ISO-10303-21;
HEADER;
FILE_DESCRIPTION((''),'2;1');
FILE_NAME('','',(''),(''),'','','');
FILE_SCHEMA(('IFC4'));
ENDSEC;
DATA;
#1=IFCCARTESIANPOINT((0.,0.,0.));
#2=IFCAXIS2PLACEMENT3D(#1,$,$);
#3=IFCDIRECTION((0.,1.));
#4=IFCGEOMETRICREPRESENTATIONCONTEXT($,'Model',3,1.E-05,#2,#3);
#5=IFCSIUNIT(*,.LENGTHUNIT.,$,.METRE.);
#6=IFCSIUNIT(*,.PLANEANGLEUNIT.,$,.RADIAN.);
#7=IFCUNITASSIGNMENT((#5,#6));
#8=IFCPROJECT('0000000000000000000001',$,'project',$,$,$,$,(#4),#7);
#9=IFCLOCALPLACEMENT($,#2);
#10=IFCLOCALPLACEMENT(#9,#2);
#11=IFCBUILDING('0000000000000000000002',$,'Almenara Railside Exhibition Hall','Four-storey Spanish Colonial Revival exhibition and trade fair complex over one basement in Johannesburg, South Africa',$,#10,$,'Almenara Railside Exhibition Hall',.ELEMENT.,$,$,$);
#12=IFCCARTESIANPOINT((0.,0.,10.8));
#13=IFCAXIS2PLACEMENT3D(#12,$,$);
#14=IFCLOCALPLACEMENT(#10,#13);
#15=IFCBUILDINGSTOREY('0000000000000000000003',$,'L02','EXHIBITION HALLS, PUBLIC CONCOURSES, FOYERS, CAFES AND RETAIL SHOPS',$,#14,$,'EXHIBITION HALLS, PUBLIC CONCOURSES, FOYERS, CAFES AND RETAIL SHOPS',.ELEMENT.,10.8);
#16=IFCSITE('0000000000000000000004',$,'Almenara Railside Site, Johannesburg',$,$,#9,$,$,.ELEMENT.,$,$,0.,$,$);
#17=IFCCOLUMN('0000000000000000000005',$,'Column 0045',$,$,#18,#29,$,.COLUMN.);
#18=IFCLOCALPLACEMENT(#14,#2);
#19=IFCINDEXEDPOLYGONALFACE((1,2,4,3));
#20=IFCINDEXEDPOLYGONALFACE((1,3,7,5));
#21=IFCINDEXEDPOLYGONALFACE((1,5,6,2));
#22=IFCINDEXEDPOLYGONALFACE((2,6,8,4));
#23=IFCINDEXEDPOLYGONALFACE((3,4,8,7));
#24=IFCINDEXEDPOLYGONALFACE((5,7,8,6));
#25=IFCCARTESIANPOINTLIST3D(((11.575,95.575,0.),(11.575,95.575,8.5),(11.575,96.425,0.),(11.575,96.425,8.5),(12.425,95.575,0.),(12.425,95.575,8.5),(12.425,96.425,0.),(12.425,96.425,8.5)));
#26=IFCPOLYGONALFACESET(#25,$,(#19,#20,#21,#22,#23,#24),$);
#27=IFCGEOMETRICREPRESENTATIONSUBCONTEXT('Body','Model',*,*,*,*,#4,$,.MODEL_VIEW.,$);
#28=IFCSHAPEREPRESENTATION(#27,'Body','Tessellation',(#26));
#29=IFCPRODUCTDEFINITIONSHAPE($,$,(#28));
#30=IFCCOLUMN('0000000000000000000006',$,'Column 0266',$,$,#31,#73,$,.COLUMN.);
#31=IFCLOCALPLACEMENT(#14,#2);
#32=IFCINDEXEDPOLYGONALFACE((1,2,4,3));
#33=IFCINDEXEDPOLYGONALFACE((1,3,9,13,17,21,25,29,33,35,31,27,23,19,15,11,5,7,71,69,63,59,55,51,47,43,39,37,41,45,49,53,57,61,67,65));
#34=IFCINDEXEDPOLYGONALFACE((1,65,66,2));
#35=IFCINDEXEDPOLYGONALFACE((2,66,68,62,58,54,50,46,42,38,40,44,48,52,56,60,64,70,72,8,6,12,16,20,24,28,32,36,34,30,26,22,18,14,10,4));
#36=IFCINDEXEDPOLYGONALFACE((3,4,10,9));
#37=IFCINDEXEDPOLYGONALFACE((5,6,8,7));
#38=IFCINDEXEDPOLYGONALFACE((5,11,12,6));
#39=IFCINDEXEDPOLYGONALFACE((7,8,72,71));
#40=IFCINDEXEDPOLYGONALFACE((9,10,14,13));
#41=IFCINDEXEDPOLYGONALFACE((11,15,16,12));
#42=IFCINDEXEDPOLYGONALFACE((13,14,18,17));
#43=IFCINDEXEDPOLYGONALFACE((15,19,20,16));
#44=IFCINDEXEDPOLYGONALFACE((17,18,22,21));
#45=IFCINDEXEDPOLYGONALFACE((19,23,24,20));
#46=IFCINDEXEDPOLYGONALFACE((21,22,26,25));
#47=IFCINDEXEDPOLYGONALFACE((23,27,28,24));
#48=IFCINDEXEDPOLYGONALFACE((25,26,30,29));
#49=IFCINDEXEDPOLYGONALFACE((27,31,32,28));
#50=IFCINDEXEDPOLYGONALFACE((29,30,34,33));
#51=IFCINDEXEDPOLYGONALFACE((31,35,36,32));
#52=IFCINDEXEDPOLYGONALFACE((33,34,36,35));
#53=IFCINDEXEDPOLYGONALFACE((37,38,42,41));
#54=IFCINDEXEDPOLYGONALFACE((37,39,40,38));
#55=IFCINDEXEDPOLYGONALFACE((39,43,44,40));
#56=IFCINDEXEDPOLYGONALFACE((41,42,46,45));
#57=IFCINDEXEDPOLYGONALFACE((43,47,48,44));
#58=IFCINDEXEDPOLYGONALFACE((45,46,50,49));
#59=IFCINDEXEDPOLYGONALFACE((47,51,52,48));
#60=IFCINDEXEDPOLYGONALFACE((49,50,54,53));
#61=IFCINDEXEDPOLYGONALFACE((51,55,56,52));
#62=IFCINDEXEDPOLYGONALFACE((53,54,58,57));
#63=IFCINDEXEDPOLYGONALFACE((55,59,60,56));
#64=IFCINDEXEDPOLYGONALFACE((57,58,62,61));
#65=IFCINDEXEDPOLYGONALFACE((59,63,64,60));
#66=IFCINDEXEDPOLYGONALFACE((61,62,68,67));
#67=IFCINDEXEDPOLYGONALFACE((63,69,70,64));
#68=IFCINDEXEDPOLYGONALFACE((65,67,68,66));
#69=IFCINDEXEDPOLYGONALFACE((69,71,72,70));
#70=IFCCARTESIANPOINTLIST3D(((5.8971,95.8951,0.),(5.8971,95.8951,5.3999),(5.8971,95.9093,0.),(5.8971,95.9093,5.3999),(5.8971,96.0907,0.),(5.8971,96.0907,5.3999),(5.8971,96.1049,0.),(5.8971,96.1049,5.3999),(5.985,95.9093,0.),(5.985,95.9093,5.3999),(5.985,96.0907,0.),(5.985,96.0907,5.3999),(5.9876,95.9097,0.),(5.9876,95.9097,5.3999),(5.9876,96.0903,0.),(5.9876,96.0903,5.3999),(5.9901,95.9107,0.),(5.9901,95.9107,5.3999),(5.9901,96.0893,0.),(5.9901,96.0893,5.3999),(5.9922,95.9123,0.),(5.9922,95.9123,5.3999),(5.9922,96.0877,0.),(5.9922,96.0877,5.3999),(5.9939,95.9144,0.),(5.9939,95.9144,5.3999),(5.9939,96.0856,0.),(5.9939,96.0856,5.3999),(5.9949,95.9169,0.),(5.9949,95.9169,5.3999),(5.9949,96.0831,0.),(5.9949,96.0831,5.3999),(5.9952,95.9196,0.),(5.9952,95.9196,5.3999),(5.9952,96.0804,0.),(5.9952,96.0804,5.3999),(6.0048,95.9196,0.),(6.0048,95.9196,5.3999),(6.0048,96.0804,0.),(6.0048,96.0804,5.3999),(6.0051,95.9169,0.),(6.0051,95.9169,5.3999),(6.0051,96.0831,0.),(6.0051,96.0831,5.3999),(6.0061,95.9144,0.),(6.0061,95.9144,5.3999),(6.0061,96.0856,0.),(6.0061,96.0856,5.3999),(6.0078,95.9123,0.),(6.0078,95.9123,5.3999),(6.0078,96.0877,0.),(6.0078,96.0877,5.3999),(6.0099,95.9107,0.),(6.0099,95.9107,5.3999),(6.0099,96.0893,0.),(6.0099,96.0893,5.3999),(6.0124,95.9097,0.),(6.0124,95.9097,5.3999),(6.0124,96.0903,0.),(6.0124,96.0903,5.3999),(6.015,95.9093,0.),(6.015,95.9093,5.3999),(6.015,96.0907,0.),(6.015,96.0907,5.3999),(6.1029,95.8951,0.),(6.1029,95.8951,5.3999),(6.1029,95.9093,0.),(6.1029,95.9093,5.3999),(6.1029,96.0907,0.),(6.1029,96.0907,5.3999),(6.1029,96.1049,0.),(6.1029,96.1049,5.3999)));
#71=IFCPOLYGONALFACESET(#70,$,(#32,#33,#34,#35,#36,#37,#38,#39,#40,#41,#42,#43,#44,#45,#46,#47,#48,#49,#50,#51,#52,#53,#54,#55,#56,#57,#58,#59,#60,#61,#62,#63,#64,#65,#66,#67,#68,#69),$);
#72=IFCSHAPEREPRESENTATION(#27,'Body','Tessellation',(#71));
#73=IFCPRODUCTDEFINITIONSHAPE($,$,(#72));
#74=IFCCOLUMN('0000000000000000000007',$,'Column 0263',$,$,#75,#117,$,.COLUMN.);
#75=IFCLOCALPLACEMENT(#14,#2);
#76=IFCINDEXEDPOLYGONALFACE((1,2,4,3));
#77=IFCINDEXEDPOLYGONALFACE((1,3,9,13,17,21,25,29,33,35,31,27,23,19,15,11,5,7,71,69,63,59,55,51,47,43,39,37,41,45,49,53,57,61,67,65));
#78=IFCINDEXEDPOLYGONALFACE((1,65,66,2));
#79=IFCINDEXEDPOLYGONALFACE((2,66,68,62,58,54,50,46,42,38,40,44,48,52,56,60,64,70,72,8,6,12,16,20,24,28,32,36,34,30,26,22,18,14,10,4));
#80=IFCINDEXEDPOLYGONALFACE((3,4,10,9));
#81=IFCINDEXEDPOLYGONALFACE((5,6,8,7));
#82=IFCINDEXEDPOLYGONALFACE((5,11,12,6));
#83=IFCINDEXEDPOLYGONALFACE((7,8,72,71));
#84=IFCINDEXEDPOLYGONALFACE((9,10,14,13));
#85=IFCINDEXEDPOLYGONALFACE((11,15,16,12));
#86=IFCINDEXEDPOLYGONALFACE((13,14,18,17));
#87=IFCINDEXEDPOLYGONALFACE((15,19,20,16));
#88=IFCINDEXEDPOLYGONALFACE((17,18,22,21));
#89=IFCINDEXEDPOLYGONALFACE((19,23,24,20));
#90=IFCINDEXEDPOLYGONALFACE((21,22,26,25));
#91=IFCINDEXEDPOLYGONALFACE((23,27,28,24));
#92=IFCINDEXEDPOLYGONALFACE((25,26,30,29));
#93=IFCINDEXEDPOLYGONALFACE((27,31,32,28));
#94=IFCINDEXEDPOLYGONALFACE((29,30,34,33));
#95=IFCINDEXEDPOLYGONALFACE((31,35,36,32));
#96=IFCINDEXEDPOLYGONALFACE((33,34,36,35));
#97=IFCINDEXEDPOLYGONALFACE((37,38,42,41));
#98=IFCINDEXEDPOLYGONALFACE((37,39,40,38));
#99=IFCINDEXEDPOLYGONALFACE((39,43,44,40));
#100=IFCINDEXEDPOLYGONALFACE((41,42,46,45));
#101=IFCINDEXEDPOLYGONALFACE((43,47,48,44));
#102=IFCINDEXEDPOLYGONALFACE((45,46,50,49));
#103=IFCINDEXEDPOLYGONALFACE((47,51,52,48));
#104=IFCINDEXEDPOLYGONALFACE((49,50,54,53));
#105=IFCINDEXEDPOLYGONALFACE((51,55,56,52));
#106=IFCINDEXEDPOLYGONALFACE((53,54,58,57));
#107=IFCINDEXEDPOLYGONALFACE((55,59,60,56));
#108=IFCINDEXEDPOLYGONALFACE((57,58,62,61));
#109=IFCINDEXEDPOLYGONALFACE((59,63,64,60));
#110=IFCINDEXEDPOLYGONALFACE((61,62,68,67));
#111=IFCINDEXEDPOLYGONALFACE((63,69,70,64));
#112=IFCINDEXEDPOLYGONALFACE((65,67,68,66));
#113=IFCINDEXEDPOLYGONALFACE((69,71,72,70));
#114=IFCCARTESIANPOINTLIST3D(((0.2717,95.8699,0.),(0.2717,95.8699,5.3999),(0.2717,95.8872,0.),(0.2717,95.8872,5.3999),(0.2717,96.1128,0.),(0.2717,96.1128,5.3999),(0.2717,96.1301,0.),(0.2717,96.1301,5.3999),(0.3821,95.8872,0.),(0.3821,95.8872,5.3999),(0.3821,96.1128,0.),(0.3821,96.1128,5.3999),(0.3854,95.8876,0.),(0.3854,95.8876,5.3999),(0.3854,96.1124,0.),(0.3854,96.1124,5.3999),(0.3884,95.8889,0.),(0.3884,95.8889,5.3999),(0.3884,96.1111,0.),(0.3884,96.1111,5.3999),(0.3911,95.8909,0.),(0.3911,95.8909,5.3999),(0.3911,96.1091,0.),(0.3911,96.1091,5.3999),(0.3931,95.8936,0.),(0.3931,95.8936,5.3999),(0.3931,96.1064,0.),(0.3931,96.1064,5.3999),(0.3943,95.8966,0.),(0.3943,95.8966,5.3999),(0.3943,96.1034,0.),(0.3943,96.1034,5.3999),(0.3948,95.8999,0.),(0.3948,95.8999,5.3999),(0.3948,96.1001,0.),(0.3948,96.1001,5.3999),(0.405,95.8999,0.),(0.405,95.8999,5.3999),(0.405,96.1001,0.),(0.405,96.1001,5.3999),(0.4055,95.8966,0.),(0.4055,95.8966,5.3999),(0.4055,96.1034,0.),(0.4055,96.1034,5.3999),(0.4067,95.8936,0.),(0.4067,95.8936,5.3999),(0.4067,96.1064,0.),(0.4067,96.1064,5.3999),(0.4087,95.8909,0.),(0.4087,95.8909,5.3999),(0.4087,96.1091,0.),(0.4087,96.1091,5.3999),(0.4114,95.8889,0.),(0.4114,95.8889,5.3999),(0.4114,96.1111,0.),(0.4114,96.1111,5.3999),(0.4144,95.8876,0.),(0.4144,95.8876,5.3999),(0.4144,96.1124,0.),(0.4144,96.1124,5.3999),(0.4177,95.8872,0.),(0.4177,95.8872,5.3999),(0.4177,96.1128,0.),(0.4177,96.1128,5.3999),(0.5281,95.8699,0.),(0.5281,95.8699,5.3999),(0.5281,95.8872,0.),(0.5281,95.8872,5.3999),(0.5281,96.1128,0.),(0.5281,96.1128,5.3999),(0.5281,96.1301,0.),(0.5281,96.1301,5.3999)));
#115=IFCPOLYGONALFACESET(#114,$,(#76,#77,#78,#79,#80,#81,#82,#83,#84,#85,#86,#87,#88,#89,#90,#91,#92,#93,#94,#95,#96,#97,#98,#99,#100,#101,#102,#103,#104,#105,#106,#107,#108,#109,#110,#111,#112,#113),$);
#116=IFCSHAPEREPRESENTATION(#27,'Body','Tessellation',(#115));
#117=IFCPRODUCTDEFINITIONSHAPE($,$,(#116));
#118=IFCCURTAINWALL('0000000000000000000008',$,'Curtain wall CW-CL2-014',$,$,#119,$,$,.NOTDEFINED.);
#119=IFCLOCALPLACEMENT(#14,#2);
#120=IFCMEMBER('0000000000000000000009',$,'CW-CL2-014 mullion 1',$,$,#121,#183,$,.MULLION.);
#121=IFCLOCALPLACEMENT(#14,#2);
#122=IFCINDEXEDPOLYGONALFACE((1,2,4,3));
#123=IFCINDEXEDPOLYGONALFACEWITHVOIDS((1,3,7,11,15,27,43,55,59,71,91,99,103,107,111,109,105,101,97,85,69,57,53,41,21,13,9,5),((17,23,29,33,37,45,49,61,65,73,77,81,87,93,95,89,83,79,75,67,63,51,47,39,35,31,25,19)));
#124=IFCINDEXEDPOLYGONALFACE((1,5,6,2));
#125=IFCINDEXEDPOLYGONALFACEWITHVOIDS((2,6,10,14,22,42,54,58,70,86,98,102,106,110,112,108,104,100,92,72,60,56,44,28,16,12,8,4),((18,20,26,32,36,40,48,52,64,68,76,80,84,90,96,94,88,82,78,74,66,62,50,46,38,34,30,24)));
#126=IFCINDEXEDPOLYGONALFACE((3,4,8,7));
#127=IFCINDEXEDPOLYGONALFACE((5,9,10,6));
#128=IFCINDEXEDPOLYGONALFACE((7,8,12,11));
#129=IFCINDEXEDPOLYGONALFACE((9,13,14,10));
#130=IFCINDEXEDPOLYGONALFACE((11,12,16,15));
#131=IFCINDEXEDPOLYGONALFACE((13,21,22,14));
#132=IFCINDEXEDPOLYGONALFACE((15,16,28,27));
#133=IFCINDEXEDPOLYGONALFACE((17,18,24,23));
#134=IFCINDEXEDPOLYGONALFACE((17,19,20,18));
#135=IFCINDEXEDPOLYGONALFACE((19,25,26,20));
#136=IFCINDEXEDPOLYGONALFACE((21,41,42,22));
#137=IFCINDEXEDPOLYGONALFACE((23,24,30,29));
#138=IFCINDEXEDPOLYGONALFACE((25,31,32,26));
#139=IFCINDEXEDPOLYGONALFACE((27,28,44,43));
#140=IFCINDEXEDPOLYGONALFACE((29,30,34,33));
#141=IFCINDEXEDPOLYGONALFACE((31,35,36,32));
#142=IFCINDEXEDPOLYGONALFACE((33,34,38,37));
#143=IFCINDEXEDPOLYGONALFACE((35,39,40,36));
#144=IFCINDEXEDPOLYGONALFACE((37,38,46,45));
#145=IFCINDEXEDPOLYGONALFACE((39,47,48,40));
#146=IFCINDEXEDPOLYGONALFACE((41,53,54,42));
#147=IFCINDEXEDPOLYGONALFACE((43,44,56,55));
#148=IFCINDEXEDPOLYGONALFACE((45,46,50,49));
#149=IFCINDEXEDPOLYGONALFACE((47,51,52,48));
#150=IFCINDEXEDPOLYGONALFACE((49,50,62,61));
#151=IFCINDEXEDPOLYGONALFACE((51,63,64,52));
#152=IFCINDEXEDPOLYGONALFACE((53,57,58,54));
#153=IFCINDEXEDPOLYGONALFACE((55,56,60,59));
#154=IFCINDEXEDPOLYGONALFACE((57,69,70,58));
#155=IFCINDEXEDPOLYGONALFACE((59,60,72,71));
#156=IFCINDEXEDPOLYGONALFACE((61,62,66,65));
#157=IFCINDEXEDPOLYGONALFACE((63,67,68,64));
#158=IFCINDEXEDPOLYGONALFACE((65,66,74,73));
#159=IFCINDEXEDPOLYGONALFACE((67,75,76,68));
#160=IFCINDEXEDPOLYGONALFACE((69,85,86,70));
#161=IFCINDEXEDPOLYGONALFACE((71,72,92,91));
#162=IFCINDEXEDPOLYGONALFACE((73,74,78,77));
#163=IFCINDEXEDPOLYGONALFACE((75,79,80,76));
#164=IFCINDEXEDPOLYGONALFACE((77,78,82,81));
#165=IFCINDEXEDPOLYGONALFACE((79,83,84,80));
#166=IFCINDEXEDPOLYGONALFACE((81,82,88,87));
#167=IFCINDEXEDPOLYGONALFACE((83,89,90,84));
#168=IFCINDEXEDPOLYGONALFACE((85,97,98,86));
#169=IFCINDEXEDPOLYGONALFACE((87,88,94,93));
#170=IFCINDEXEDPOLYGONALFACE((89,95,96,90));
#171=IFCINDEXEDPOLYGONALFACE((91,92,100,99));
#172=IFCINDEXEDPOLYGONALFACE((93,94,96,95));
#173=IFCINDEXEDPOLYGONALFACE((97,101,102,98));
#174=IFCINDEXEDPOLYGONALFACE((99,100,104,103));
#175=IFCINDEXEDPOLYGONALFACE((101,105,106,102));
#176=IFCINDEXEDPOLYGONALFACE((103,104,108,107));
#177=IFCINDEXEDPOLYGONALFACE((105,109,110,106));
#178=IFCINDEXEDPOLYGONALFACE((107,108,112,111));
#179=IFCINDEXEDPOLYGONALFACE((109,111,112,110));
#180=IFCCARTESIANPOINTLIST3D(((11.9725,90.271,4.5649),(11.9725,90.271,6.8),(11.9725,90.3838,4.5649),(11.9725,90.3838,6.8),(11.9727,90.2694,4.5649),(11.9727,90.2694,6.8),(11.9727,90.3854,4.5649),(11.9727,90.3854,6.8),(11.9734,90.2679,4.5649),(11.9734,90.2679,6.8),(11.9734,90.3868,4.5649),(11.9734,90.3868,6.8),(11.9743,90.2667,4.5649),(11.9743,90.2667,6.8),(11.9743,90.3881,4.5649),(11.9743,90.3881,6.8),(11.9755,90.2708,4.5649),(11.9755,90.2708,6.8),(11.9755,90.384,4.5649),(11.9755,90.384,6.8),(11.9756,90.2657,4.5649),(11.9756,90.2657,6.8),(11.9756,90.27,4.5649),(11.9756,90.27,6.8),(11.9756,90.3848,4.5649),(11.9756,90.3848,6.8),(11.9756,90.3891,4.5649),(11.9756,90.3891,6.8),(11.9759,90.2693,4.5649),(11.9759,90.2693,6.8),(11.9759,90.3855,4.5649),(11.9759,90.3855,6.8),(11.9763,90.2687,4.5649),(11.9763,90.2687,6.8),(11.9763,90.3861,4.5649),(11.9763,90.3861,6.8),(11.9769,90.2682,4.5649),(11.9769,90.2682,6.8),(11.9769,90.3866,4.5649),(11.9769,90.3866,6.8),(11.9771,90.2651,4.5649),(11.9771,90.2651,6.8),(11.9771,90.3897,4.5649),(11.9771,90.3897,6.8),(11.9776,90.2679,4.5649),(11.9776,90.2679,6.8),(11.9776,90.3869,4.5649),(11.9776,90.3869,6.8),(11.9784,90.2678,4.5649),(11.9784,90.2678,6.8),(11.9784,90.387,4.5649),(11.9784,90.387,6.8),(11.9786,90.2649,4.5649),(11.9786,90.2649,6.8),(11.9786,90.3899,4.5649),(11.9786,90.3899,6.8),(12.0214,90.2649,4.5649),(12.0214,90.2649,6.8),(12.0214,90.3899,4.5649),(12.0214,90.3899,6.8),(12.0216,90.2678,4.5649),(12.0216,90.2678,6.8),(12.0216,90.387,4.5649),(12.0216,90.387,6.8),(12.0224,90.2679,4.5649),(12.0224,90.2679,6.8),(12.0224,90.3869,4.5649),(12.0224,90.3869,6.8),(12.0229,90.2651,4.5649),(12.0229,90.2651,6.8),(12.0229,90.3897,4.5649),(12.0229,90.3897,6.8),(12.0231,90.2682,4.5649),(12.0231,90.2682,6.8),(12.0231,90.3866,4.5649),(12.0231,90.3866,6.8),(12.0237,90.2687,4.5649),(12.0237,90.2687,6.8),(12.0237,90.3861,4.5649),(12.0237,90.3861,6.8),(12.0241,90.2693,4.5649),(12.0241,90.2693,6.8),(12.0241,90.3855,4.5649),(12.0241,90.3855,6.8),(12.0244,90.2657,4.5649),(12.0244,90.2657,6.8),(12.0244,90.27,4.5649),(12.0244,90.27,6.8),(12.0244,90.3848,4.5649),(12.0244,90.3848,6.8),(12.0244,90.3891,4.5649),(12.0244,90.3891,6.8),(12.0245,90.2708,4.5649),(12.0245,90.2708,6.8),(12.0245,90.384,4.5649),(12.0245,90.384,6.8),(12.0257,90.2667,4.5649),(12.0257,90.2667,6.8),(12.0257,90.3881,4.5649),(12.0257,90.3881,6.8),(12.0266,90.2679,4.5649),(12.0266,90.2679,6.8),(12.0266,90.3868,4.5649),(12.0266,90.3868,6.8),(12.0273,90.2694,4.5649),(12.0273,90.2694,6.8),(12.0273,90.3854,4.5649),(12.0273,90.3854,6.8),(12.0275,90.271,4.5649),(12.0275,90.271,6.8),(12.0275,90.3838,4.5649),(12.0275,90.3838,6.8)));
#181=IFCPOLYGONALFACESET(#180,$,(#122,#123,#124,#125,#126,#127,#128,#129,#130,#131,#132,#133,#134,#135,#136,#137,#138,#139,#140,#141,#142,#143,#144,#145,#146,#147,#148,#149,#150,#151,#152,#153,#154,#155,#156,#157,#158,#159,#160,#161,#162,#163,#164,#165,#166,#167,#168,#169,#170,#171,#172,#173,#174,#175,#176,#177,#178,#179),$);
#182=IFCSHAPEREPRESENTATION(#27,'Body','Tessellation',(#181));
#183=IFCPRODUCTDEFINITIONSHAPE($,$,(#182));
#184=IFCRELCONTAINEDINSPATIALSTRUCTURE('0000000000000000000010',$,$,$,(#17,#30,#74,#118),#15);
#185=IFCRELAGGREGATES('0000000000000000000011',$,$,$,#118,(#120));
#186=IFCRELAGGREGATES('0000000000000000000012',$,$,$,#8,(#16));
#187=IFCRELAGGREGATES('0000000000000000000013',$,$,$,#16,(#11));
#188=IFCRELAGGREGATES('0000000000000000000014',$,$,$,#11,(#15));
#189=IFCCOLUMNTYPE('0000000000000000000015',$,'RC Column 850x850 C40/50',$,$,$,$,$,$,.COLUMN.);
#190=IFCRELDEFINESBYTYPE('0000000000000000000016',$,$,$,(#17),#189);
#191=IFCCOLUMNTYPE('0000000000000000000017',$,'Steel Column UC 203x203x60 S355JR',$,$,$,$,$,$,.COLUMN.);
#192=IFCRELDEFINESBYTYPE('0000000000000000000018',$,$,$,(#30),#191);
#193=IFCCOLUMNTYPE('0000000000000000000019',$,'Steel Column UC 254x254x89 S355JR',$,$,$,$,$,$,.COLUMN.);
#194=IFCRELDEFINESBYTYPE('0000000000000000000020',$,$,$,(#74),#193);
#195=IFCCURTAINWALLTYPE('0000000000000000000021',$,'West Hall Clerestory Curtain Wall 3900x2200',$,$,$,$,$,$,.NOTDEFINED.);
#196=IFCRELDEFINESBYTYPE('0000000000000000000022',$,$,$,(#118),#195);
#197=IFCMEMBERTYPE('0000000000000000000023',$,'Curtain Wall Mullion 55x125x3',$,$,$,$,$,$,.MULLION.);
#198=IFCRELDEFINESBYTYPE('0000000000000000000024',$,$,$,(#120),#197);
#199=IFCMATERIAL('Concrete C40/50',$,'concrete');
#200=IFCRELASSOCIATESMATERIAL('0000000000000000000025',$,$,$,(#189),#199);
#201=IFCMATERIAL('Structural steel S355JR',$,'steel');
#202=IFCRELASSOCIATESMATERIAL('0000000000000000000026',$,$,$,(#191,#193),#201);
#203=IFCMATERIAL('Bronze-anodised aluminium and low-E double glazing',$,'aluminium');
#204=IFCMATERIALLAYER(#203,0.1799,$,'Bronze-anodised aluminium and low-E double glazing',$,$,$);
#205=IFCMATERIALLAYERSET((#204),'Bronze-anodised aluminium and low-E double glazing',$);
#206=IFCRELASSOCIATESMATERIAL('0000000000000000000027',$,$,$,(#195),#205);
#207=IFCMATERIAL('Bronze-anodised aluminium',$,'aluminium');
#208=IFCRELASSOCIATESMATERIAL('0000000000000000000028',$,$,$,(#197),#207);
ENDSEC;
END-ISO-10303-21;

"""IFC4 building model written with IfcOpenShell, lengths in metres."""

from ifc_helpers import new_model, si_unit, direction, frame, origin, origin_2d, place, context, subcontext, project, spatial, rectangle, hollow_rectangle, i_section, extrude, material, layer, layer_set, material_profile, profile_set, type_object, element, aggregate, save


model = new_model("IFC4")

# Units and contexts
model_context = context("Model", 3, precision=1e-05, world=origin(), true_north=direction((0.0, 1.0)))
body_context = subcontext(model_context, "Body", "Model", "MODEL_VIEW")
ifc_project = project(units=[si_unit("LENGTHUNIT", "METRE"), si_unit("PLANEANGLEUNIT", "RADIAN")], contexts=[model_context])

# Site, building, storey
site_placement = place(None, origin())
site = spatial("IfcSite", under=ifc_project, at=site_placement, Name="Almenara Railside Site, Johannesburg", CompositionType="ELEMENT", RefElevation=0.0)
building_placement = place(site_placement, origin())
building = spatial("IfcBuilding", under=site, at=building_placement, Name="Almenara Railside Exhibition Hall", Description="Four-storey Spanish Colonial Revival exhibition and trade fair complex over one basement in Johannesburg, South Africa", LongName="Almenara Railside Exhibition Hall", CompositionType="ELEMENT")
storey_placement = place(building_placement, frame((0.0, 0.0, 10.8)))
storey = spatial("IfcBuildingStorey", under=building, at=storey_placement, Name="L02", Description="EXHIBITION HALLS, PUBLIC CONCOURSES, FOYERS, CAFES AND RETAIL SHOPS", LongName="EXHIBITION HALLS, PUBLIC CONCOURSES, FOYERS, CAFES AND RETAIL SHOPS", CompositionType="ELEMENT", Elevation=10.8)

# Columns
ifc_material_1 = material(Name="Concrete C40/50", Category="concrete")
ifc_material_profile_1 = material_profile(ifc_material_1, rectangle(XDim=0.8501, YDim=0.8501, at=origin_2d()), Name="RC 850x850")
ifc_profile_set_1 = profile_set([ifc_material_profile_1], Name="Concrete C40/50")
column_type_1 = type_object("IfcColumnType", Name="RC Column 850x850 C40/50", PredefinedType="COLUMN", material=ifc_profile_set_1)
column_1_placement = place(storey_placement, frame((12.0, 96.0, 0.0), z_axis=(0.0, 0.0, 1.0), x_axis=(1.0, 0.0, 0.0)))
element("IfcColumn", 1, at=column_1_placement, inside=storey, type_object=column_type_1, Name="Column 0045", PredefinedType="COLUMN", context=body_context, shape_type="SweptSolid", body=[
    extrude(rectangle(XDim=0.8501, YDim=0.8501, at=origin_2d()), origin(), (0.0, 0.0, 1.0), 8.5),
])
ifc_material_2 = material(Name="Structural steel S355JR", Category="steel")
ifc_material_profile_2 = material_profile(ifc_material_2, i_section(OverallWidth=0.2058, OverallDepth=0.2097, WebThickness=0.0095, FlangeThickness=0.0142, FilletRadius=0.0103, at=origin_2d()), Name="UC 203x203x60")
ifc_profile_set_2 = profile_set([ifc_material_profile_2], Name="Structural steel S355JR")
column_type_2 = type_object("IfcColumnType", Name="Steel Column UC 203x203x60 S355JR", PredefinedType="COLUMN", material=ifc_profile_set_2)
column_2_placement = place(storey_placement, frame((6.0, 96.0, 0.0), z_axis=(0.0, 0.0, 1.0), x_axis=(1.0, 0.0, 0.0)))
element("IfcColumn", 2, at=column_2_placement, inside=storey, type_object=column_type_2, Name="Column 0266", PredefinedType="COLUMN", context=body_context, shape_type="SweptSolid", body=[
    extrude(i_section(OverallWidth=0.2058, OverallDepth=0.2097, WebThickness=0.0095, FlangeThickness=0.0142, FilletRadius=0.0103, at=origin_2d()), origin(), (0.0, 0.0, 1.0), 5.3999),
])
ifc_material_profile_3 = material_profile(ifc_material_2, i_section(OverallWidth=0.2563, OverallDepth=0.2603, WebThickness=0.0103, FlangeThickness=0.0173, FilletRadius=0.0127, at=origin_2d()), Name="UC 254x254x89")
ifc_profile_set_3 = profile_set([ifc_material_profile_3], Name="Structural steel S355JR")
column_type_3 = type_object("IfcColumnType", Name="Steel Column UC 254x254x89 S355JR", PredefinedType="COLUMN", material=ifc_profile_set_3)
column_3_placement = place(storey_placement, frame((0.3999, 96.0, 0.0), z_axis=(0.0, 0.0, 1.0), x_axis=(1.0, 0.0, 0.0)))
element("IfcColumn", 3, at=column_3_placement, inside=storey, type_object=column_type_3, Name="Column 0263", PredefinedType="COLUMN", context=body_context, shape_type="SweptSolid", body=[
    extrude(i_section(OverallWidth=0.2563, OverallDepth=0.2603, WebThickness=0.0103, FlangeThickness=0.0173, FilletRadius=0.0127, at=origin_2d()), origin(), (0.0, 0.0, 1.0), 5.3999),
])

# Curtain wall, member
ifc_material_3 = material(Name="Bronze-anodised aluminium and low-E double glazing", Category="aluminium")
ifc_layer_1 = layer(ifc_material_3, 0.1799, Name="Bronze-anodised aluminium and low-E double glazing")
ifc_layer_set_1 = layer_set([ifc_layer_1], Name="Bronze-anodised aluminium and low-E double glazing")
curtain_wall_type_1 = type_object("IfcCurtainWallType", Name="West Hall Clerestory Curtain Wall 3900x2200", PredefinedType="NOTDEFINED", material=ifc_layer_set_1)
curtain_wall_1_placement = place(storey_placement, origin())
curtain_wall_1 = element("IfcCurtainWall", 4, at=curtain_wall_1_placement, inside=storey, type_object=curtain_wall_type_1, Name="Curtain wall CW-CL2-014", PredefinedType="NOTDEFINED")
ifc_material_4 = material(Name="Bronze-anodised aluminium", Category="aluminium")
ifc_material_profile_4 = material_profile(ifc_material_4, hollow_rectangle(XDim=0.0549, YDim=0.125, WallThickness=0.0029, InnerFilletRadius=0.0029, OuterFilletRadius=0.0061, at=origin_2d()), Name="ALU-MUL 55x125x3")
ifc_profile_set_4 = profile_set([ifc_material_profile_4], Name="Bronze-anodised aluminium")
member_type_1 = type_object("IfcMemberType", Name="Curtain Wall Mullion 55x125x3", PredefinedType="MULLION", material=ifc_profile_set_4)
member_1_placement = place(storey_placement, frame((12.0, 90.3274, 4.5649), z_axis=(0.0, 0.0, 1.0), x_axis=(-1.0, 0.0, 0.0)))
member_1 = element("IfcMember", 5, at=member_1_placement, type_object=member_type_1, Name="CW-CL2-014 mullion 1", PredefinedType="MULLION", context=body_context, shape_type="SweptSolid", body=[
    extrude(hollow_rectangle(XDim=0.0549, YDim=0.125, WallThickness=0.0029, InnerFilletRadius=0.0029, OuterFilletRadius=0.0061, at=origin_2d()), origin(), (0.0, 0.0, 1.0), 2.2351),
])

aggregate(curtain_wall_1, [member_1])

save(model, "model.ifc")
